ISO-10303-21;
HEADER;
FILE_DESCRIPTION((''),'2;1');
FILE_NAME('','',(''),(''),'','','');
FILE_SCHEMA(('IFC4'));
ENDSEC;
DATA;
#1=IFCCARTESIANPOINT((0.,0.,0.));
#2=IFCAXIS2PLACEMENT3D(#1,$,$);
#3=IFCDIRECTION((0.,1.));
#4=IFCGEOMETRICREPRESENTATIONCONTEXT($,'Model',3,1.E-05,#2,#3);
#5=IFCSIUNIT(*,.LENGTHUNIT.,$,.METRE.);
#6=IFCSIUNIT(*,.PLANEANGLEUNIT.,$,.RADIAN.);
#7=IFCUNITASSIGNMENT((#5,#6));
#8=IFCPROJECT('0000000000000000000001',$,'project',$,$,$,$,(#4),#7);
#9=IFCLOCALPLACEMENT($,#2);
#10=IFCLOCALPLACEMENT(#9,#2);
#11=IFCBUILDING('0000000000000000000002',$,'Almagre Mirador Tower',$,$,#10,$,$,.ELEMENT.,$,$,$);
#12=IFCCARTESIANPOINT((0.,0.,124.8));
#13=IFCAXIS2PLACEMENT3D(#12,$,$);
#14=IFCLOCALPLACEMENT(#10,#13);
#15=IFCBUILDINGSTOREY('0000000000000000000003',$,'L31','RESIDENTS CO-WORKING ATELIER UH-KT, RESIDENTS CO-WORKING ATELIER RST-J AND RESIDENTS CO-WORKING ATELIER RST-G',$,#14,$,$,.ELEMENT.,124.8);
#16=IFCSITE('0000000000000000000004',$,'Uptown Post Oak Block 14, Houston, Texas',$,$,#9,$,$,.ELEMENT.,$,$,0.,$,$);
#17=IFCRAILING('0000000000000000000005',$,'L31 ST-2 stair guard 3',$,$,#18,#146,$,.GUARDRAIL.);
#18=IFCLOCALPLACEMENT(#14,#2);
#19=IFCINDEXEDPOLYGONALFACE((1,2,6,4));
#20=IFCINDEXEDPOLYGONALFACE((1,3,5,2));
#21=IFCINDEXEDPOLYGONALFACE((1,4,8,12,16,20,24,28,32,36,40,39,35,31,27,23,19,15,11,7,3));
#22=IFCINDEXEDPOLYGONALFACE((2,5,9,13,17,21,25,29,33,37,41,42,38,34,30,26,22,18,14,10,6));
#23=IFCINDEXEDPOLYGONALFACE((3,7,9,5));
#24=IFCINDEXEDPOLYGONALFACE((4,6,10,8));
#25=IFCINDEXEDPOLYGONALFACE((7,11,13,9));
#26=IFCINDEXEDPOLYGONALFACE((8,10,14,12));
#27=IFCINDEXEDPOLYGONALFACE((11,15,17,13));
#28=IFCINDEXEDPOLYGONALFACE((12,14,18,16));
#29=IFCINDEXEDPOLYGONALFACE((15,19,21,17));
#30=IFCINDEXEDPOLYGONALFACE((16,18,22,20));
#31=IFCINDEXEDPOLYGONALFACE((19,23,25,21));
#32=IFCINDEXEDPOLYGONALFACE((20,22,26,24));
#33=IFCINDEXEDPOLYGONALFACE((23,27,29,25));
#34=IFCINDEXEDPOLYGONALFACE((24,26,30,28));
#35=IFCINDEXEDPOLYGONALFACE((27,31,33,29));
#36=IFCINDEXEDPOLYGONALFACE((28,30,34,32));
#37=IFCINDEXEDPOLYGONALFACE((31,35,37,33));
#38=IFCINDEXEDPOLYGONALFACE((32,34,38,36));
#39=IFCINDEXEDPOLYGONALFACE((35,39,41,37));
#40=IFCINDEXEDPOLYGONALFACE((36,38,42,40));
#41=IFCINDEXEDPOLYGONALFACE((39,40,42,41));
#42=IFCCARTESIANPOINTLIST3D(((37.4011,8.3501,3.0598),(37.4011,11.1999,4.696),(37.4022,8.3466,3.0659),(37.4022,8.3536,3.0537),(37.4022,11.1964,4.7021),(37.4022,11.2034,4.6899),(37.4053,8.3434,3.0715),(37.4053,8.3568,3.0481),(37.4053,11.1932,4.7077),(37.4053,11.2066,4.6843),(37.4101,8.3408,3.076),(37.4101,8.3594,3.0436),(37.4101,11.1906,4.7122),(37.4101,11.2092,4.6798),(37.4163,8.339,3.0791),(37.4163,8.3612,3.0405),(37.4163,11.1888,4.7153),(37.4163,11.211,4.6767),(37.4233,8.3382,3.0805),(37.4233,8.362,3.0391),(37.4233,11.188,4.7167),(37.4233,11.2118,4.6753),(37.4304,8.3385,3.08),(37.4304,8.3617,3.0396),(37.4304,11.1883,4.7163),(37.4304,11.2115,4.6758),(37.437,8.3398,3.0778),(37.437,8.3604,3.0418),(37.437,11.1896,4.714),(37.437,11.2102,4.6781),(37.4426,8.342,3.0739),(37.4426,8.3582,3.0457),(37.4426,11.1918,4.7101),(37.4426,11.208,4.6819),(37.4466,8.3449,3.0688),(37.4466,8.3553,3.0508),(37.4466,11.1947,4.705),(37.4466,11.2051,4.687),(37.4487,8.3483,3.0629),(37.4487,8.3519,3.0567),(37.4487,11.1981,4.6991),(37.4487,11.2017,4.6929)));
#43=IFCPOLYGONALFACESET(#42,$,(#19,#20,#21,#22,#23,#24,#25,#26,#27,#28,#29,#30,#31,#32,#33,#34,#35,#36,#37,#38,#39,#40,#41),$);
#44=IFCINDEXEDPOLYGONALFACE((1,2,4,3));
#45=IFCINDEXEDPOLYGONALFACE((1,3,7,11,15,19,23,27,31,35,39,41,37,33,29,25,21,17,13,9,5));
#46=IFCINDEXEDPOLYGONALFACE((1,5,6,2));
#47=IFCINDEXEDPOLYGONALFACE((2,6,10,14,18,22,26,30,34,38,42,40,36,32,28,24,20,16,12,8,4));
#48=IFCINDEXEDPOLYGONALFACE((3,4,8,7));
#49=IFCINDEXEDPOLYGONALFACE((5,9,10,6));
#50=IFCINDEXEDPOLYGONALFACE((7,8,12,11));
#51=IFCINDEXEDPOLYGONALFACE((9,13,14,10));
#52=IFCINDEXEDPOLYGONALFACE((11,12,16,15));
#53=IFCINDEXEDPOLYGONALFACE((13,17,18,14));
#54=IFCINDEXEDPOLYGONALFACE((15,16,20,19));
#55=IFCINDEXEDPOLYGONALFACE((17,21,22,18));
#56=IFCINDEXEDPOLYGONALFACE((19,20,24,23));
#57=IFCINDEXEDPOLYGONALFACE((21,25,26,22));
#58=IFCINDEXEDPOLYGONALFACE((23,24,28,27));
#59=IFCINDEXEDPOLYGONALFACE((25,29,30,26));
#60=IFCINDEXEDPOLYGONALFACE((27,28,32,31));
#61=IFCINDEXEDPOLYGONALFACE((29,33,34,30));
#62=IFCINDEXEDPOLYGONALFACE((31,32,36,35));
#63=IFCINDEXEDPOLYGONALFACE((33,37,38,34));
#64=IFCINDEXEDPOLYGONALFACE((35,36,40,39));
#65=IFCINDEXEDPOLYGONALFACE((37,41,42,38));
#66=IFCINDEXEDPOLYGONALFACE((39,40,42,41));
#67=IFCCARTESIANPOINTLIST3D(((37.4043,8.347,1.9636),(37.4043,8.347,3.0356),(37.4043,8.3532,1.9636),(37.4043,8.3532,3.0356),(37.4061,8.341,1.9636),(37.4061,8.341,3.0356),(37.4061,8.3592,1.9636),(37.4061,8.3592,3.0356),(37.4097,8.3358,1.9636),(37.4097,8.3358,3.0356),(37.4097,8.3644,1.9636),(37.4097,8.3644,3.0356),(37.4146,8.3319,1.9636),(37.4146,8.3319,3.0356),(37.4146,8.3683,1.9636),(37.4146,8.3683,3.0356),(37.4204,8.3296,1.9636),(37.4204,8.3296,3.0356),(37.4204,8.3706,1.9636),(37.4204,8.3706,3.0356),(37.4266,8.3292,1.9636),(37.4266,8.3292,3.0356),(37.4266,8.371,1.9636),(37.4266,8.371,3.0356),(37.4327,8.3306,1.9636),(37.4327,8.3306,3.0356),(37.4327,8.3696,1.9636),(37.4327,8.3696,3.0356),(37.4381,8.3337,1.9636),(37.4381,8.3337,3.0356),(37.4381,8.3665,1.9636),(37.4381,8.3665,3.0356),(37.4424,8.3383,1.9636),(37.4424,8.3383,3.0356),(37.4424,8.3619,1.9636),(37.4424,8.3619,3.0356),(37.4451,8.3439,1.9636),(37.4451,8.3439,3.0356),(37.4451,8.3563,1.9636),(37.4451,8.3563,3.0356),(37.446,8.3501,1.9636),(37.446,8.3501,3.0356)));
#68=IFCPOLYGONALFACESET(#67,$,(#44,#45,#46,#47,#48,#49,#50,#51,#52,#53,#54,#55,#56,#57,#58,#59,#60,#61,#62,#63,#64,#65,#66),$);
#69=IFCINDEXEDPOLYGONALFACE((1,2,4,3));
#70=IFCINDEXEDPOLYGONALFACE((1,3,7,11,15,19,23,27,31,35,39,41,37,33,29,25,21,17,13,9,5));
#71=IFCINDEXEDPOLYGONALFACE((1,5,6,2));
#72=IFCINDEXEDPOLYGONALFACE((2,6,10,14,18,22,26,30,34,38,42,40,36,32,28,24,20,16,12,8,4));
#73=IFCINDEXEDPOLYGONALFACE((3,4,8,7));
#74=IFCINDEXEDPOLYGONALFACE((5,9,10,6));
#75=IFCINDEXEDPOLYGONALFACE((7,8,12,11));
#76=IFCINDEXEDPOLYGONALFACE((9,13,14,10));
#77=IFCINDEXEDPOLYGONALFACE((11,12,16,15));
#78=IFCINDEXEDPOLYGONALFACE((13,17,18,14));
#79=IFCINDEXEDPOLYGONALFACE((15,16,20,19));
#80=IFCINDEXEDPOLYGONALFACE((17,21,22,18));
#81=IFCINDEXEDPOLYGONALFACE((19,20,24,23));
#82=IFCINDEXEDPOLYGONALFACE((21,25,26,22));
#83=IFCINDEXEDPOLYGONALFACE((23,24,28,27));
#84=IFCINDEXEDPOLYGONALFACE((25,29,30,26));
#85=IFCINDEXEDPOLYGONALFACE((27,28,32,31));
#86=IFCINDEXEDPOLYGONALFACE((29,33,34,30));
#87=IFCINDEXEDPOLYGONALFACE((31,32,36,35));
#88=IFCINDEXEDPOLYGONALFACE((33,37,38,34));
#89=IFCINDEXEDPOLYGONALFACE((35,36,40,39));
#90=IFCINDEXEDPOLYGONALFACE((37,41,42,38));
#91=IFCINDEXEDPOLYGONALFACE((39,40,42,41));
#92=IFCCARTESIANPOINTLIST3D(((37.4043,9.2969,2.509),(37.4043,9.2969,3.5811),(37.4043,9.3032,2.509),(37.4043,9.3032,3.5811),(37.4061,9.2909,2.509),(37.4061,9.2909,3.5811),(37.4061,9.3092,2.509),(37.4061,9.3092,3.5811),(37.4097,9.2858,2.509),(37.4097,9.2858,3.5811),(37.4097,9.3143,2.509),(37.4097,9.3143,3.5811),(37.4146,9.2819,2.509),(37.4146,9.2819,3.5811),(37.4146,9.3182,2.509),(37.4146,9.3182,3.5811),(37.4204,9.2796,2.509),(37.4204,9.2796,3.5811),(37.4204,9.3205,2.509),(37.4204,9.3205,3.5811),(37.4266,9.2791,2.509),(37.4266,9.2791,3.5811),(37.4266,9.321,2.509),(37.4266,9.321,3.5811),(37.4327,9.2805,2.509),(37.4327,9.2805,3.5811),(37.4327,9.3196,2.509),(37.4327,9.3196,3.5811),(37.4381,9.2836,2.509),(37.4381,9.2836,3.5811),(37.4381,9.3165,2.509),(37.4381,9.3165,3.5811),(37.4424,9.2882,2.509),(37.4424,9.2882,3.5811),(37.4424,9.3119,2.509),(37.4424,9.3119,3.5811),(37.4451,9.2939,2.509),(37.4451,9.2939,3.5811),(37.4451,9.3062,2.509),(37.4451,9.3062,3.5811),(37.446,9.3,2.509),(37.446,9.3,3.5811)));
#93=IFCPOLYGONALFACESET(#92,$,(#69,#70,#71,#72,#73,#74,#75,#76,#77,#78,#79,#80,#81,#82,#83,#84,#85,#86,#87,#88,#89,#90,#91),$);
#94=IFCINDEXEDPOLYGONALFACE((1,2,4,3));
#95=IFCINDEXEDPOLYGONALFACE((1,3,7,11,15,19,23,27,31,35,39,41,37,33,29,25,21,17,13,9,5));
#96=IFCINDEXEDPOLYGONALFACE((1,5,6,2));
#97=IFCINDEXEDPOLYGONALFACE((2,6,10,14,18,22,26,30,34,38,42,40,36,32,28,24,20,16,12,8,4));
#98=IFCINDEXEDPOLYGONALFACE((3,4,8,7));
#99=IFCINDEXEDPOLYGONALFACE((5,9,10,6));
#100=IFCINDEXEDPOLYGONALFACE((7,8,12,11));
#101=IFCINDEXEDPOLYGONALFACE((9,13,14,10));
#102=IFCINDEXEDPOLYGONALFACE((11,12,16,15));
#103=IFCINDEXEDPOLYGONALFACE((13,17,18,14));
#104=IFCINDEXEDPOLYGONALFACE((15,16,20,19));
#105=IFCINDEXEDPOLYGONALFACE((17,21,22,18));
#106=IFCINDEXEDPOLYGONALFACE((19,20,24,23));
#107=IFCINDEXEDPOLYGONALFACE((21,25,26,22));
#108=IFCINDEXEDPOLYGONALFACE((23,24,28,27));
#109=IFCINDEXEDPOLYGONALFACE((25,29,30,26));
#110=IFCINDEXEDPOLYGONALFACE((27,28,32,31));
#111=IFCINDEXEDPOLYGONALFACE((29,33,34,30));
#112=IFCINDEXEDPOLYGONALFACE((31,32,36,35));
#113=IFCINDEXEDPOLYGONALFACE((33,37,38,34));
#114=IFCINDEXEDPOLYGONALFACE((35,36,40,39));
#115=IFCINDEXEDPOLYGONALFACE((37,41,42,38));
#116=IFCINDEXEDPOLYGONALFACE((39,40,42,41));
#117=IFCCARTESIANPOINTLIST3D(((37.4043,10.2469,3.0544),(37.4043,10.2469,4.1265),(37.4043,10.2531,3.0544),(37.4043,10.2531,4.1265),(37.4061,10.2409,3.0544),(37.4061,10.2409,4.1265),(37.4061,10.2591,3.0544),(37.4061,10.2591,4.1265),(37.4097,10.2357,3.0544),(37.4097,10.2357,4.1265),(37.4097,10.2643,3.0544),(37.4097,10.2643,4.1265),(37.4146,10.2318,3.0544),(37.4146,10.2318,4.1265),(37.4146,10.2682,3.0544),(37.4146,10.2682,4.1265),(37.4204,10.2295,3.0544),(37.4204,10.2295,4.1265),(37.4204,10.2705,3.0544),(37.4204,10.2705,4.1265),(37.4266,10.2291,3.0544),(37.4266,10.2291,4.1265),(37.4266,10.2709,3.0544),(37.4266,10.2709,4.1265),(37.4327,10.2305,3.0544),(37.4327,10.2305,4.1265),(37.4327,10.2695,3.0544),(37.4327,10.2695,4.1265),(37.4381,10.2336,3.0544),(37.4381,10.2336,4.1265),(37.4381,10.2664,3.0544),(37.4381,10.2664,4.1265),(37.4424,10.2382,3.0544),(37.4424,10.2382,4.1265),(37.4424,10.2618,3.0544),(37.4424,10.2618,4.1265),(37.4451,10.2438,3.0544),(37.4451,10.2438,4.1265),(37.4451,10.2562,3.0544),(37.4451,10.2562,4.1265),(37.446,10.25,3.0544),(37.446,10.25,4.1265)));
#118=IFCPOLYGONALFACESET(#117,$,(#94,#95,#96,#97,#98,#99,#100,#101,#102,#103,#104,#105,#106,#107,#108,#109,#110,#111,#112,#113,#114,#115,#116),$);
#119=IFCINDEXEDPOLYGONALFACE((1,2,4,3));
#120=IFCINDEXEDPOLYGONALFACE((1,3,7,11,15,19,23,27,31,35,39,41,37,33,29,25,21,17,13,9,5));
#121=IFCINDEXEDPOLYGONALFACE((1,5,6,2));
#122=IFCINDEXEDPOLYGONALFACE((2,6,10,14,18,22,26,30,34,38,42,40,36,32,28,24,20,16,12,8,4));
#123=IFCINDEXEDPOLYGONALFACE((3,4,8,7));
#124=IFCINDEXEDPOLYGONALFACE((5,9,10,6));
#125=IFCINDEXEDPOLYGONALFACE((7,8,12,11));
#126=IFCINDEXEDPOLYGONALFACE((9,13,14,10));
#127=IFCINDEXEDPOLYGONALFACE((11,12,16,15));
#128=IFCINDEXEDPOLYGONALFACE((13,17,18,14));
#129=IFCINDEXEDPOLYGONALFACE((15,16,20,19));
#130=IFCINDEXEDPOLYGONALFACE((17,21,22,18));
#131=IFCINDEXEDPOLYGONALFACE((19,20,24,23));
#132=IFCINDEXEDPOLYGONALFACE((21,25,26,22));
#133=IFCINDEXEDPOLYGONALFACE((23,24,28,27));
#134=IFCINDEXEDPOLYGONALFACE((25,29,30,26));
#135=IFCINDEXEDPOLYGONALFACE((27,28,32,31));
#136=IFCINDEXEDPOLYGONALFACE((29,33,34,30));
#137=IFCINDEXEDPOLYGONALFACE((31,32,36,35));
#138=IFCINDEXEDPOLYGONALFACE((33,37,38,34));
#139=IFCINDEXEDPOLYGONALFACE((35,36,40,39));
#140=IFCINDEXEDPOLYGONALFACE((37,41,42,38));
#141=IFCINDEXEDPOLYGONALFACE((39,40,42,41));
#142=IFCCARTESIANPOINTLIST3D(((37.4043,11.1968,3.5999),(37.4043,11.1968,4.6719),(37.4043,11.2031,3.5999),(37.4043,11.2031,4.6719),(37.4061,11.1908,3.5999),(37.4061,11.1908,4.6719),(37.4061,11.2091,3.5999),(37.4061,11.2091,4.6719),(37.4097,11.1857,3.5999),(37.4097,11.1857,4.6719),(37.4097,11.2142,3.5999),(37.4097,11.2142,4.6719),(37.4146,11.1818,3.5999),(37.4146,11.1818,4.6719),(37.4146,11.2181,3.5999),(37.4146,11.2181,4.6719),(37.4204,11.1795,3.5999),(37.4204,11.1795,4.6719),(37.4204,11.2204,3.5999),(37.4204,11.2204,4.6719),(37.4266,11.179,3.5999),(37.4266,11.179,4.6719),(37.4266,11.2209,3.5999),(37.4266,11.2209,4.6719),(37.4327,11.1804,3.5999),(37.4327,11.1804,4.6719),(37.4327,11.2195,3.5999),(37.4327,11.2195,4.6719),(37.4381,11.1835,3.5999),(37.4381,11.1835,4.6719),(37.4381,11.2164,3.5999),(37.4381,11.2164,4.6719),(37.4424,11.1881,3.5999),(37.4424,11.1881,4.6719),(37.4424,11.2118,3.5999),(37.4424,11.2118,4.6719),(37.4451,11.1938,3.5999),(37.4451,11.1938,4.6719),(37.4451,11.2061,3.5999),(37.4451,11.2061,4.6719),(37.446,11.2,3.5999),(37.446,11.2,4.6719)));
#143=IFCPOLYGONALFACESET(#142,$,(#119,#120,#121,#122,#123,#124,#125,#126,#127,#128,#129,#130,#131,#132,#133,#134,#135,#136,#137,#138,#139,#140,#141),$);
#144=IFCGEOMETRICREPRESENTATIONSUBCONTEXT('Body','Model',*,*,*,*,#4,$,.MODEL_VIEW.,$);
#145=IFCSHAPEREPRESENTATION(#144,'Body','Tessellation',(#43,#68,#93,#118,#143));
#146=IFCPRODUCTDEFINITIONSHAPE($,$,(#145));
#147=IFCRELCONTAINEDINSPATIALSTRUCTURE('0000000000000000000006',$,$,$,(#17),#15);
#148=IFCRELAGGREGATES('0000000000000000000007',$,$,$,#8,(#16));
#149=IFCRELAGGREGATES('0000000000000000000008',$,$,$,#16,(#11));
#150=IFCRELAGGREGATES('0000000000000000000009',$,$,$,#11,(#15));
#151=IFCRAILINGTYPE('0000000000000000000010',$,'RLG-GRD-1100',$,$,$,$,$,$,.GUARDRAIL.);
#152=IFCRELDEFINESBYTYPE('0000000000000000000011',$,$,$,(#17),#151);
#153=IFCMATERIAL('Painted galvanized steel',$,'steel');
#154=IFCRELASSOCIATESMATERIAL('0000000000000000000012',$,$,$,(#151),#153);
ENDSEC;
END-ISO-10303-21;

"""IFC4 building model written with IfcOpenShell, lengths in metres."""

from ifc_helpers import new_model, si_unit, direction, frame, origin, origin_2d, place, context, subcontext, project, spatial, circle, extrude, material, type_object, element, save


model = new_model("IFC4")

# Units and contexts
model_context = context("Model", 3, precision=1e-05, world=origin(), true_north=direction((0.0, 1.0)))
body_context = subcontext(model_context, "Body", "Model", "MODEL_VIEW")
ifc_project = project(units=[si_unit("LENGTHUNIT", "METRE"), si_unit("PLANEANGLEUNIT", "RADIAN")], contexts=[model_context])

# Site, building, storey
site_placement = place(None, origin())
site = spatial("IfcSite", under=ifc_project, at=site_placement, Name="Uptown Post Oak Block 14, Houston, Texas", CompositionType="ELEMENT", RefElevation=0.0)
building_placement = place(site_placement, origin())
building = spatial("IfcBuilding", under=site, at=building_placement, Name="Almagre Mirador Tower", CompositionType="ELEMENT")
storey_placement = place(building_placement, frame((0.0, 0.0, 124.8)))
storey = spatial("IfcBuildingStorey", under=building, at=storey_placement, Name="L31", Description="RESIDENTS CO-WORKING ATELIER UH-KT, RESIDENTS CO-WORKING ATELIER RST-J AND RESIDENTS CO-WORKING ATELIER RST-G", CompositionType="ELEMENT", Elevation=124.8)

# Railing
ifc_material_1 = material(Name="Painted galvanized steel", Category="steel")
railing_type_1 = type_object("IfcRailingType", Name="RLG-GRD-1100", PredefinedType="GUARDRAIL", material=ifc_material_1)
railing_1_placement = place(storey_placement, frame((37.425, 8.3501, 1.9636)))
element("IfcRailing", 1, at=railing_1_placement, inside=storey, type_object=railing_type_1, Name="L31 ST-2 stair guard 3", PredefinedType="GUARDRAIL", context=body_context, shape_type="SweptSolid", body=[
    extrude(circle(Radius=0.0239, at=origin_2d()), frame((0.0, 0.0, 1.0962), z_axis=(0.0, 0.867226, 0.497914), x_axis=(-1.0, 0.0, 0.0)), (0.0, 0.0, 1.0), 3.2861),
    extrude(circle(Radius=0.021, at=origin_2d()), origin(), (0.0, 0.0, 1.0), 1.072),
    extrude(circle(Radius=0.021, at=origin_2d()), frame((0.0, 0.95, 0.5454)), (0.0, 0.0, 1.0), 1.072),
    extrude(circle(Radius=0.021, at=origin_2d()), frame((0.0, 1.8999, 1.0908)), (0.0, 0.0, 1.0), 1.072),
    extrude(circle(Radius=0.021, at=origin_2d()), frame((0.0, 2.8499, 1.6362)), (0.0, 0.0, 1.0), 1.072),
])

save(model, "model.ifc")
